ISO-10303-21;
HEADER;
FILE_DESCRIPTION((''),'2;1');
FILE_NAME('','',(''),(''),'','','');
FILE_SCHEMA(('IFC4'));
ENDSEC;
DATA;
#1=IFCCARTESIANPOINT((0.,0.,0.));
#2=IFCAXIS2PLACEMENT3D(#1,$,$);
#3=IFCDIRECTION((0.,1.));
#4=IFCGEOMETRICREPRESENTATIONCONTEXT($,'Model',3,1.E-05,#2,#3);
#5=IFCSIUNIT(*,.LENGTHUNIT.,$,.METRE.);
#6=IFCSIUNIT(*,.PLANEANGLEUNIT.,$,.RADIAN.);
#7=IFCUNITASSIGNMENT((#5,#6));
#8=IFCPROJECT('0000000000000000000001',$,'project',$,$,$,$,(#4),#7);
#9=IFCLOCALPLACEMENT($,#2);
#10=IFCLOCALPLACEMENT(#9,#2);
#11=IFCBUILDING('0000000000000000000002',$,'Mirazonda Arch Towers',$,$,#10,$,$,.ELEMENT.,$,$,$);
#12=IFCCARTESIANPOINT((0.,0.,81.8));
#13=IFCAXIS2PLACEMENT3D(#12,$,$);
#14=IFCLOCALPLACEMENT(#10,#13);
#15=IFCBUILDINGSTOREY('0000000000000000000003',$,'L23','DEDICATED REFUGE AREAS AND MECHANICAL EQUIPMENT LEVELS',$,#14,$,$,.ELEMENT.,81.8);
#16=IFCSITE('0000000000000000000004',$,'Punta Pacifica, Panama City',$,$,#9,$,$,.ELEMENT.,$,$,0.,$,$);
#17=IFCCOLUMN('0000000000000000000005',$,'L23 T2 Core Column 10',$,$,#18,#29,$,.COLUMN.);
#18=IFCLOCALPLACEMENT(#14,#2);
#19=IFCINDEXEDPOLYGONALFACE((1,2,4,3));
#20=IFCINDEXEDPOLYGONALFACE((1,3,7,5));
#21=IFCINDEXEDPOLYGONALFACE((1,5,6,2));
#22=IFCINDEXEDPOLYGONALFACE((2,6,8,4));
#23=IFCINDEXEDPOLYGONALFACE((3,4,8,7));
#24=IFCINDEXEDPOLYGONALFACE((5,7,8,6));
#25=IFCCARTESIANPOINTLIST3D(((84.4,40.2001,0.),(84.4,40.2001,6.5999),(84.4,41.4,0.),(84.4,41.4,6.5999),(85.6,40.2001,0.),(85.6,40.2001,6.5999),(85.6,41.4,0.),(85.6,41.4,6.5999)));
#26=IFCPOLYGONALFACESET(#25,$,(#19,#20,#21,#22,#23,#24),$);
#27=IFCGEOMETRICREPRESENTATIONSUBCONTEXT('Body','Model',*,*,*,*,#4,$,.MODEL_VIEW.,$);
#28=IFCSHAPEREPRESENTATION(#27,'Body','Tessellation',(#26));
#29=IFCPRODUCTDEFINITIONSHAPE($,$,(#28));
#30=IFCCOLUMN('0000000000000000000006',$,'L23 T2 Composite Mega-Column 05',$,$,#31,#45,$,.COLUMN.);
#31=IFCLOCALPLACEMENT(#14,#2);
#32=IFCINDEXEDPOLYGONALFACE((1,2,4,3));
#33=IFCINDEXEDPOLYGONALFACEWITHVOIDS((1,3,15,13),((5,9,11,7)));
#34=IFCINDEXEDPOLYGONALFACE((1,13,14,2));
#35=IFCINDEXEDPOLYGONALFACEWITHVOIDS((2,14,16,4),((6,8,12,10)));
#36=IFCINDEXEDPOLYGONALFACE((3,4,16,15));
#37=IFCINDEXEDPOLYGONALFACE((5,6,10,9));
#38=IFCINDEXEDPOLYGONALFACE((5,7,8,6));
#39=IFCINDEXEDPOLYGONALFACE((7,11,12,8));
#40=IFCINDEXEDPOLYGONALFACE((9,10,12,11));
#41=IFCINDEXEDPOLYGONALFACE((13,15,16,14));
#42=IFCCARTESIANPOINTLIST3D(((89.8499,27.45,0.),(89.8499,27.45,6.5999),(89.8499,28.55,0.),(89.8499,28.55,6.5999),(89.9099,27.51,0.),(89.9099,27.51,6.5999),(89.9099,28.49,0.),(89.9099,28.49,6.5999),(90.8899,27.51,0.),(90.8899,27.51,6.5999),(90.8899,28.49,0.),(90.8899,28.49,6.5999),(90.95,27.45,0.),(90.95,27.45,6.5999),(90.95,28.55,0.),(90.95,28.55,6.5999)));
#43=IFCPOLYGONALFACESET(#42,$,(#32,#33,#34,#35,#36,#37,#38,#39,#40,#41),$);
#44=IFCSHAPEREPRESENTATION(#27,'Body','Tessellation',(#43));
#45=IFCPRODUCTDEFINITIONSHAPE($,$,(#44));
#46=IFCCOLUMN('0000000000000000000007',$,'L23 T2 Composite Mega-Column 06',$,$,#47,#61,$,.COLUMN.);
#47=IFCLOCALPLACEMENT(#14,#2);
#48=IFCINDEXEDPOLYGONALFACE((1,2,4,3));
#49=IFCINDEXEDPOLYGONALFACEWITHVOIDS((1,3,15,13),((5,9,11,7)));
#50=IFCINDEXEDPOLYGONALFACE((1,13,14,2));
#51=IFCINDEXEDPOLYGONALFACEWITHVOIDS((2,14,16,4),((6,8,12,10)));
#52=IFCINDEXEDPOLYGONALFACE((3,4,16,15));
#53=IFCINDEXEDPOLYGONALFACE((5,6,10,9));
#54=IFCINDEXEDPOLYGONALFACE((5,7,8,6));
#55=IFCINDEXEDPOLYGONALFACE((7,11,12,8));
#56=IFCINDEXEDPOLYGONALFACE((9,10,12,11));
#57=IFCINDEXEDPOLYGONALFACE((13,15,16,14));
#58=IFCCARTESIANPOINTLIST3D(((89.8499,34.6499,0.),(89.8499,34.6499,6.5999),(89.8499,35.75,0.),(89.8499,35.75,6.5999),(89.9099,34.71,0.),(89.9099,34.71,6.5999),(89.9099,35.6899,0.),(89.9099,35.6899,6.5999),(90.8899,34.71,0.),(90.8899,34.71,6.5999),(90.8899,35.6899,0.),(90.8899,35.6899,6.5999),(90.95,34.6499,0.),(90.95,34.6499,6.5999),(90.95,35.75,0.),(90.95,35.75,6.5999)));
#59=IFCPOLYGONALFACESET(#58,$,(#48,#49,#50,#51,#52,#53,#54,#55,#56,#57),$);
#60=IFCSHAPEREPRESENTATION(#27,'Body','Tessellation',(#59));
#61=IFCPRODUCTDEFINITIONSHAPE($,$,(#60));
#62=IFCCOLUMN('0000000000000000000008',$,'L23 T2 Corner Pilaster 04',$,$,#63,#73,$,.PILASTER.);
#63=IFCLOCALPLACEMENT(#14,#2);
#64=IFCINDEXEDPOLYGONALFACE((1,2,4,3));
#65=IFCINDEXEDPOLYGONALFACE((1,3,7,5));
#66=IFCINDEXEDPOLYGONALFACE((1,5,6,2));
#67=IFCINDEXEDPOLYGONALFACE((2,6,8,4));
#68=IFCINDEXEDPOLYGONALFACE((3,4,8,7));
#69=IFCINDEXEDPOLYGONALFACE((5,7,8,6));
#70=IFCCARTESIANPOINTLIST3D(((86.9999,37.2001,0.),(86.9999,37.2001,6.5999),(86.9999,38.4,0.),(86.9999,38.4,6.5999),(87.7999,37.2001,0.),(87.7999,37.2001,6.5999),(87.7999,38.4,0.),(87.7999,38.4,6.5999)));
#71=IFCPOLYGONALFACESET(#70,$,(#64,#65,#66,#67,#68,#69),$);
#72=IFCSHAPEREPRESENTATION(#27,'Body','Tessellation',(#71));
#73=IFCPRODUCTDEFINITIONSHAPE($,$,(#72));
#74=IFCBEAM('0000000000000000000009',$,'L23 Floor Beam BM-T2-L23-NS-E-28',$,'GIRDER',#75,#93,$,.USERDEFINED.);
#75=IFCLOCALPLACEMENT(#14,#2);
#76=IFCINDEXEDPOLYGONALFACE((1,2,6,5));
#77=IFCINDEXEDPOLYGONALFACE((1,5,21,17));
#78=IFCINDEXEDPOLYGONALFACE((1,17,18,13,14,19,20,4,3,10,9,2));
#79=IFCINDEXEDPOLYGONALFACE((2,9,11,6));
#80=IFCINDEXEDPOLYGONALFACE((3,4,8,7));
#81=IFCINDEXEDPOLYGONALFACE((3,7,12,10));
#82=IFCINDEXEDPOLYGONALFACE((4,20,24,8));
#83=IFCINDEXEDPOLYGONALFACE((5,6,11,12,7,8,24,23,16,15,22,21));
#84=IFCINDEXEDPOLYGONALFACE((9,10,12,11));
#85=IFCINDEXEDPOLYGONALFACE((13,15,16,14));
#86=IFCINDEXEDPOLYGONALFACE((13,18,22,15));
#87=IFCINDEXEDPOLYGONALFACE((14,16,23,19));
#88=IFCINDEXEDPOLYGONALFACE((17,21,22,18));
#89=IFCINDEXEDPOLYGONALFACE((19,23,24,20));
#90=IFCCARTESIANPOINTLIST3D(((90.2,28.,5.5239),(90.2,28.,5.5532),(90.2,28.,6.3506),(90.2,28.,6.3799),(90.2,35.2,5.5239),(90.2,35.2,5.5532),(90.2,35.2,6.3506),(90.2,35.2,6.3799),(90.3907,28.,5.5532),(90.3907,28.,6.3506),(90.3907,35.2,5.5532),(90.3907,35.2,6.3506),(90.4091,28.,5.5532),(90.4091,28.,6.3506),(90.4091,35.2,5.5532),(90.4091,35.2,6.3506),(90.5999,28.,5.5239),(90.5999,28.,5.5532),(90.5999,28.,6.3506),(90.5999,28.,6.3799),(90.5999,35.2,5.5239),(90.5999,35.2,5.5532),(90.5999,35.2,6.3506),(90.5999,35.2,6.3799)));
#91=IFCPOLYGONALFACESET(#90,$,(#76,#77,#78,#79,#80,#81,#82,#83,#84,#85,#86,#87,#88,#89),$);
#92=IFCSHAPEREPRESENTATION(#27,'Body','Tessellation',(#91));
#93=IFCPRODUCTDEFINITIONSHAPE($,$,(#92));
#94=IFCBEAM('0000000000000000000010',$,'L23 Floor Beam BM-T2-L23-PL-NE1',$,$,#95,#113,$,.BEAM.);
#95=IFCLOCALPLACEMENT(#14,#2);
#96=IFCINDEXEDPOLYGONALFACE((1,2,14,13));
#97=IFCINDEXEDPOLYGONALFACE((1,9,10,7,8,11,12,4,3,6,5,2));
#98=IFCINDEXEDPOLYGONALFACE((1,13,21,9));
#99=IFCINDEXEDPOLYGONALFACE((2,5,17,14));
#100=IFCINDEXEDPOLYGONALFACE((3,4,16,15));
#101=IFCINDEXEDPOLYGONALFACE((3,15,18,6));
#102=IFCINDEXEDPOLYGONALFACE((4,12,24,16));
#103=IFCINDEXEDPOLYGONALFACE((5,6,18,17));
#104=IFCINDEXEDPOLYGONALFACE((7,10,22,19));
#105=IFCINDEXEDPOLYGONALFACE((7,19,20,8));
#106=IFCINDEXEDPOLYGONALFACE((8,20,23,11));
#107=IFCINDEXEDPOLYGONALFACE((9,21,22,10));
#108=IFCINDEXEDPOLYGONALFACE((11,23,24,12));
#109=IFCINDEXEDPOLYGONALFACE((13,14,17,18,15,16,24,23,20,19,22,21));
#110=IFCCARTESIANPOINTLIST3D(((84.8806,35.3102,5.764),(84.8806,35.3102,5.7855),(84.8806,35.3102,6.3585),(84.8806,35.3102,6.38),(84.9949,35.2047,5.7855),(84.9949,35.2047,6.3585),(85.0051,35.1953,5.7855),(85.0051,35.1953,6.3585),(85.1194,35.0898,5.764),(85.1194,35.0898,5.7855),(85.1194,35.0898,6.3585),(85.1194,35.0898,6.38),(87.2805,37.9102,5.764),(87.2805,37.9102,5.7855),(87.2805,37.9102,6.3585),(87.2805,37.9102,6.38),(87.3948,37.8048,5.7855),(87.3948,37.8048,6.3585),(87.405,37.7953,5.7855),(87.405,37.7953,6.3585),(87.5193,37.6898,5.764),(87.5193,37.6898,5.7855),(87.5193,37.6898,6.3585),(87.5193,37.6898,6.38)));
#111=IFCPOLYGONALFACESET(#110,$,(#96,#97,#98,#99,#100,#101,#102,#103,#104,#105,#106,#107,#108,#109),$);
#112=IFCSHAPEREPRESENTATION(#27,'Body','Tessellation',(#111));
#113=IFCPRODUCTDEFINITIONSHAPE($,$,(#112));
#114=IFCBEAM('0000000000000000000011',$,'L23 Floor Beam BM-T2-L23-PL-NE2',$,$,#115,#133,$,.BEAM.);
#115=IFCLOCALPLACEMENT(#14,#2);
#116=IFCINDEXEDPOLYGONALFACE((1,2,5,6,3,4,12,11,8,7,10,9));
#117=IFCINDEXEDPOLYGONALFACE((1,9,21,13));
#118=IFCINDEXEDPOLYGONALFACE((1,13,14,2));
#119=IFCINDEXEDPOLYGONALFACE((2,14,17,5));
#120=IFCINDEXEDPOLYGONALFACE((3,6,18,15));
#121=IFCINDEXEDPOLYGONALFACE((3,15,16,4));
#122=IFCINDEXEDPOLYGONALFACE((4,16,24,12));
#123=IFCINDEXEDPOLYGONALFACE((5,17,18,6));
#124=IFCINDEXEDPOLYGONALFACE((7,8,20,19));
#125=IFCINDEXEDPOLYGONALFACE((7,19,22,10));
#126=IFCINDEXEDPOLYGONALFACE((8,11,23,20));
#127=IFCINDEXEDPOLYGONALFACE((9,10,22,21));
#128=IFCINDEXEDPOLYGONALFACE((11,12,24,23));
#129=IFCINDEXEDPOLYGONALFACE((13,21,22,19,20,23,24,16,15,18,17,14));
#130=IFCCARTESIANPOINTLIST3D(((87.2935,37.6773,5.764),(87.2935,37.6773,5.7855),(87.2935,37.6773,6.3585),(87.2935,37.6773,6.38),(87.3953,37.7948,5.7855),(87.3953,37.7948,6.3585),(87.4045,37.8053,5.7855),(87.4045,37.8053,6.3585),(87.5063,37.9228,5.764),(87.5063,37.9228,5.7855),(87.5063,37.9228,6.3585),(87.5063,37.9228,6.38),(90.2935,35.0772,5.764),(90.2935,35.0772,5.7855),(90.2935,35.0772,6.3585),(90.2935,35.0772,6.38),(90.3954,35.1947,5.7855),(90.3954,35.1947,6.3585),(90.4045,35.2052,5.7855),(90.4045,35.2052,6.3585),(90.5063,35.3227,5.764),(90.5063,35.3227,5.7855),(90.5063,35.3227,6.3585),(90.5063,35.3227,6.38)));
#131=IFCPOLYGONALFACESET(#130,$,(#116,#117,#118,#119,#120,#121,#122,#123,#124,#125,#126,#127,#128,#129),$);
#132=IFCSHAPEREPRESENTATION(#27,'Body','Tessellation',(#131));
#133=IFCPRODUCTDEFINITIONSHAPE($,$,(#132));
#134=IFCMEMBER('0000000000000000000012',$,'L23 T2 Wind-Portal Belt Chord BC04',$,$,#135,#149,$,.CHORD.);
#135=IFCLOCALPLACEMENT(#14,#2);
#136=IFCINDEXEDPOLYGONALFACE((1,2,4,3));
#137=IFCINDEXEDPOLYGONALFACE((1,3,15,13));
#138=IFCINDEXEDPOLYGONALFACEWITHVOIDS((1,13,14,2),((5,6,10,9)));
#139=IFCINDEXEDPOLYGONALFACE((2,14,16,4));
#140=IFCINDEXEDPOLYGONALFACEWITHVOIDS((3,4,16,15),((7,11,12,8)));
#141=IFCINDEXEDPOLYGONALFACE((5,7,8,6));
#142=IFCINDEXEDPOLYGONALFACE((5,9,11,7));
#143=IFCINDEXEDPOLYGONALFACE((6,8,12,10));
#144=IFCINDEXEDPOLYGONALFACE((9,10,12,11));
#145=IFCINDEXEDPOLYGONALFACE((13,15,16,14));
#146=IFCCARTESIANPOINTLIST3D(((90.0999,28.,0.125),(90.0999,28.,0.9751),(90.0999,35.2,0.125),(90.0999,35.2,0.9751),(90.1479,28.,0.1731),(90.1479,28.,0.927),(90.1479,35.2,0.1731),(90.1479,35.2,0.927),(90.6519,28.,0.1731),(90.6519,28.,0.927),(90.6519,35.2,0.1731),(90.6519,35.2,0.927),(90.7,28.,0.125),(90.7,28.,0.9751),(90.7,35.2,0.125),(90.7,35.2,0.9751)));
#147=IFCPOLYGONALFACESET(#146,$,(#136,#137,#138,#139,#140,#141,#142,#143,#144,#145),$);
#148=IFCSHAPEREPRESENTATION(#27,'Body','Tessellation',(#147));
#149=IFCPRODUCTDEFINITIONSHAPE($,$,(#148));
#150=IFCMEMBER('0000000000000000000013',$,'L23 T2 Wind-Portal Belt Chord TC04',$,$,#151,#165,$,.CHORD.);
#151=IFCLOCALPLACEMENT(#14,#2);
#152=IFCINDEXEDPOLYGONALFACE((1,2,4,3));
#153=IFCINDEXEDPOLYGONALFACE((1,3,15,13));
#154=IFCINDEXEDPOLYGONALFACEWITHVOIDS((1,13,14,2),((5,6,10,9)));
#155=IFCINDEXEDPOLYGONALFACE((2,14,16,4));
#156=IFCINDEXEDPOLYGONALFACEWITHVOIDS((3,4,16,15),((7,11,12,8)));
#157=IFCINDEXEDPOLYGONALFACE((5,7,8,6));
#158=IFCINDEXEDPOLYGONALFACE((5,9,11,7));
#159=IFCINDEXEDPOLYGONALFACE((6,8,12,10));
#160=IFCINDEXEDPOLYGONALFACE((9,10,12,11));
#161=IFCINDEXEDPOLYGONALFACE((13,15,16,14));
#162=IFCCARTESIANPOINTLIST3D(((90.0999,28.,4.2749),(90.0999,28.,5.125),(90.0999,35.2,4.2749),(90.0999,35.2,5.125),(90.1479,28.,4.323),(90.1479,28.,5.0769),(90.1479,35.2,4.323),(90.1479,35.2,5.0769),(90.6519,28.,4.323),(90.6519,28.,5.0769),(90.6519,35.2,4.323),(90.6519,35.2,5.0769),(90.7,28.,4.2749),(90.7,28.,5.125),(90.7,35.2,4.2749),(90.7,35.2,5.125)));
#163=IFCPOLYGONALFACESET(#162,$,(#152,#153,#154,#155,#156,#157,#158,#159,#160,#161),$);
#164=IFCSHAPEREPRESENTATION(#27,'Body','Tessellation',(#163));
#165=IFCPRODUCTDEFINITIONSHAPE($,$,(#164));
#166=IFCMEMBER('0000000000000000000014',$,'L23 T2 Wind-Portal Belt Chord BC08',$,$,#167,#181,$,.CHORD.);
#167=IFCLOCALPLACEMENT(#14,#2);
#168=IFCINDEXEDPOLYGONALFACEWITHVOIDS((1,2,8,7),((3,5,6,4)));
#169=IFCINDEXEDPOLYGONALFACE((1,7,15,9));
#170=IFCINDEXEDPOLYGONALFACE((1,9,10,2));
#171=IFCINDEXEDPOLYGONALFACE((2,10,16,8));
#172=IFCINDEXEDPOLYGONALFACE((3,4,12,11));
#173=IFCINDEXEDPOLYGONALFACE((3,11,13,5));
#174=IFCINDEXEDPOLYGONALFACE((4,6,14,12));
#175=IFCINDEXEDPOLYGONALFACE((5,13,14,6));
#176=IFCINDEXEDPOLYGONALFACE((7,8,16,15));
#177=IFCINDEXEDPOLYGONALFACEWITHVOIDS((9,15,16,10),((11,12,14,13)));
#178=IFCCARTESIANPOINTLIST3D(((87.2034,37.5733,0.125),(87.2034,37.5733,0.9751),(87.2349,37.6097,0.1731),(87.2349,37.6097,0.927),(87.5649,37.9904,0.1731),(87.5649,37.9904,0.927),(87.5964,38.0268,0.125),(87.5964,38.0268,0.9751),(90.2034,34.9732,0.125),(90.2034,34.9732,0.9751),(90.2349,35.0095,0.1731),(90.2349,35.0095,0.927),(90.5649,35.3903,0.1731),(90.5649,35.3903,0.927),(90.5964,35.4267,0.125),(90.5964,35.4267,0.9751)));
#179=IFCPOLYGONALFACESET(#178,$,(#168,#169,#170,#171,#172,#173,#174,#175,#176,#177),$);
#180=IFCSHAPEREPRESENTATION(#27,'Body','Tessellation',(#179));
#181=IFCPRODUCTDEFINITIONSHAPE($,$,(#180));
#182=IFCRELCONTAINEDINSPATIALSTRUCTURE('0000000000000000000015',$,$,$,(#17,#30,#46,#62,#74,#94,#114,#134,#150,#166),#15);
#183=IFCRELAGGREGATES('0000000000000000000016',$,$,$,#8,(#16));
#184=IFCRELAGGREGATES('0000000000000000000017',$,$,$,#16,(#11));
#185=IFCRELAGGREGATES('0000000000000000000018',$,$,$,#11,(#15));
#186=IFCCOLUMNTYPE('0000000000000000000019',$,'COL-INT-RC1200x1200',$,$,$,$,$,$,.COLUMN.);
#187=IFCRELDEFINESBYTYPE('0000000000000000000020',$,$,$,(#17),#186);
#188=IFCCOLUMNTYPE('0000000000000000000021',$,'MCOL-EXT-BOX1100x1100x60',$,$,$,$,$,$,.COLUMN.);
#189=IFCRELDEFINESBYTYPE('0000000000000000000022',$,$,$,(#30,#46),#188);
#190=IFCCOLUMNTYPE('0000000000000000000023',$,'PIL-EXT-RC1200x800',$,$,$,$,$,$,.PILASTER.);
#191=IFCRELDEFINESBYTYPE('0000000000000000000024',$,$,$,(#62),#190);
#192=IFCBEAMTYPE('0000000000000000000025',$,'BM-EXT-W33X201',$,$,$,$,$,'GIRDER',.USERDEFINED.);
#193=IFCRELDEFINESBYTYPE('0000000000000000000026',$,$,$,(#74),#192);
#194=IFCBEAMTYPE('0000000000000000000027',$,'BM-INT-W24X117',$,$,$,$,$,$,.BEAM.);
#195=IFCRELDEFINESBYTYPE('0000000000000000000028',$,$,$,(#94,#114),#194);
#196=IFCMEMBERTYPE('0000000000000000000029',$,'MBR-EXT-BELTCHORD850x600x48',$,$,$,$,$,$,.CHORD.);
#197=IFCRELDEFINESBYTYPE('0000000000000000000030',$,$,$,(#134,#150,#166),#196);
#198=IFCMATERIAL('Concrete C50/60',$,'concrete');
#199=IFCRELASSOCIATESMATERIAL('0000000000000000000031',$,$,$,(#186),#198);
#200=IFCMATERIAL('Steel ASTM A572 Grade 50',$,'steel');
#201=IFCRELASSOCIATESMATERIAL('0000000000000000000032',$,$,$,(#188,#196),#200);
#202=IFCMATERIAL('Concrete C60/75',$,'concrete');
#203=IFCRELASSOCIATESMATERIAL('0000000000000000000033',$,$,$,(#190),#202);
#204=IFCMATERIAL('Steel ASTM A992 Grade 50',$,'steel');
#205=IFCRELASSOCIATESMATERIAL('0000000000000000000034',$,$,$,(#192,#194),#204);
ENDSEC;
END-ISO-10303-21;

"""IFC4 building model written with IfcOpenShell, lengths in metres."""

from ifc_helpers import new_model, si_unit, direction, frame, origin, origin_2d, place, context, subcontext, project, spatial, rectangle, hollow_rectangle, i_section, extrude, material, material_profile, profile_set, type_object, element, save


model = new_model("IFC4")

# Units and contexts
model_context = context("Model", 3, precision=1e-05, world=origin(), true_north=direction((0.0, 1.0)))
body_context = subcontext(model_context, "Body", "Model", "MODEL_VIEW")
ifc_project = project(units=[si_unit("LENGTHUNIT", "METRE"), si_unit("PLANEANGLEUNIT", "RADIAN")], contexts=[model_context])

# Site, building, storey
site_placement = place(None, origin())
site = spatial("IfcSite", under=ifc_project, at=site_placement, Name="Punta Pacifica, Panama City", CompositionType="ELEMENT", RefElevation=0.0)
building_placement = place(site_placement, origin())
building = spatial("IfcBuilding", under=site, at=building_placement, Name="Mirazonda Arch Towers", CompositionType="ELEMENT")
storey_placement = place(building_placement, frame((0.0, 0.0, 81.8)))
storey = spatial("IfcBuildingStorey", under=building, at=storey_placement, Name="L23", Description="DEDICATED REFUGE AREAS AND MECHANICAL EQUIPMENT LEVELS", CompositionType="ELEMENT", Elevation=81.8)

# Columns
ifc_material_1 = material(Name="Concrete C50/60", Category="concrete")
ifc_material_profile_1 = material_profile(ifc_material_1, rectangle(XDim=1.2, YDim=1.2, at=origin_2d()), Name="RC1200x1200")
ifc_profile_set_1 = profile_set([ifc_material_profile_1], Name="Concrete C50/60")
column_type_1 = type_object("IfcColumnType", Name="COL-INT-RC1200x1200", PredefinedType="COLUMN", material=ifc_profile_set_1)
column_1_placement = place(storey_placement, frame((85.0, 40.8, 0.0), z_axis=(0.0, 0.0, 1.0), x_axis=(1.0, 0.0, 0.0)))
element("IfcColumn", 1, at=column_1_placement, inside=storey, type_object=column_type_1, Name="L23 T2 Core Column 10", PredefinedType="COLUMN", context=body_context, shape_type="SweptSolid", body=[
    extrude(rectangle(XDim=1.2, YDim=1.2, at=origin_2d()), origin(), (0.0, 0.0, 1.0), 6.5999),
])
ifc_material_2 = material(Name="Steel ASTM A572 Grade 50", Category="steel")
ifc_material_profile_2 = material_profile(ifc_material_2, hollow_rectangle(XDim=1.1001, YDim=1.1001, WallThickness=0.0601, at=origin_2d()), Name="BOX1100x1100x60")
ifc_profile_set_2 = profile_set([ifc_material_profile_2], Name="Steel ASTM A572 Grade 50")
column_type_2 = type_object("IfcColumnType", Name="MCOL-EXT-BOX1100x1100x60", PredefinedType="COLUMN", material=ifc_profile_set_2)
for number, where, z_axis, x_axis, name in (
    (2, (90.3999, 28.0, 0.0), (0.0, 0.0, 1.0), (1.0, 0.0, 0.0), "L23 T2 Composite Mega-Column 05"),
    (3, (90.3999, 35.2, 0.0), (0.0, 0.0, 1.0), (1.0, 0.0, 0.0), "L23 T2 Composite Mega-Column 06"),
):
    element("IfcColumn", number, at=place(storey_placement, frame(where, z_axis=z_axis, x_axis=x_axis)), inside=storey, type_object=column_type_2, Name=name, PredefinedType="COLUMN", context=body_context, shape_type="SweptSolid", body=[
        extrude(hollow_rectangle(XDim=1.1001, YDim=1.1001, WallThickness=0.0601, at=origin_2d()), origin(), (0.0, 0.0, 1.0), 6.5999),
    ])
ifc_material_3 = material(Name="Concrete C60/75", Category="concrete")
ifc_material_profile_3 = material_profile(ifc_material_3, rectangle(XDim=0.8, YDim=1.2, at=origin_2d()), Name="RC1200x800")
ifc_profile_set_3 = profile_set([ifc_material_profile_3], Name="Concrete C60/75")
column_type_3 = type_object("IfcColumnType", Name="PIL-EXT-RC1200x800", PredefinedType="PILASTER", material=ifc_profile_set_3)
column_2_placement = place(storey_placement, frame((87.3999, 37.8, 0.0), z_axis=(0.0, 0.0, 1.0), x_axis=(1.0, 0.0, 0.0)))
element("IfcColumn", 4, at=column_2_placement, inside=storey, type_object=column_type_3, Name="L23 T2 Corner Pilaster 04", PredefinedType="PILASTER", context=body_context, shape_type="SweptSolid", body=[
    extrude(rectangle(XDim=0.8, YDim=1.2, at=origin_2d()), origin(), (0.0, 0.0, 1.0), 6.5999),
])

# Beams
ifc_material_4 = material(Name="Steel ASTM A992 Grade 50", Category="steel")
ifc_material_profile_4 = material_profile(ifc_material_4, i_section(OverallWidth=0.3999, OverallDepth=0.856, WebThickness=0.0183, FlangeThickness=0.0293, at=origin_2d()), Name="W33X201")
ifc_profile_set_4 = profile_set([ifc_material_profile_4], Name="Steel ASTM A992 Grade 50")
beam_type_1 = type_object("IfcBeamType", Name="BM-EXT-W33X201", ElementType="GIRDER", PredefinedType="USERDEFINED", material=ifc_profile_set_4)
beam_1_placement = place(storey_placement, frame((90.3999, 28.0, 5.9519), z_axis=(0.0, 1.0, 0.0), x_axis=(-1.0, 0.0, 0.0)))
element("IfcBeam", 5, at=beam_1_placement, inside=storey, type_object=beam_type_1, Name="L23 Floor Beam BM-T2-L23-NS-E-28", ObjectType="GIRDER", PredefinedType="USERDEFINED", context=body_context, shape_type="SweptSolid", body=[
    extrude(i_section(OverallWidth=0.3999, OverallDepth=0.856, WebThickness=0.0183, FlangeThickness=0.0293, at=origin_2d()), origin(), (0.0, 0.0, 1.0), 7.2),
])
ifc_material_profile_5 = material_profile(ifc_material_4, i_section(OverallWidth=0.325, OverallDepth=0.616, WebThickness=0.0139, FlangeThickness=0.0215, at=origin_2d()), Name="W24X117")
ifc_profile_set_5 = profile_set([ifc_material_profile_5], Name="Steel ASTM A992 Grade 50")
beam_type_2 = type_object("IfcBeamType", Name="BM-INT-W24X117", PredefinedType="BEAM", material=ifc_profile_set_5)
beam_2_placement = place(storey_placement, frame((87.3999, 37.8, 6.072), z_axis=(-0.678251, -0.73483, 0.0), x_axis=(0.73483, -0.678251, 0.0)))
element("IfcBeam", 6, at=beam_2_placement, inside=storey, type_object=beam_type_2, Name="L23 Floor Beam BM-T2-L23-PL-NE1", PredefinedType="BEAM", context=body_context, shape_type="SweptSolid", body=[
    extrude(i_section(OverallWidth=0.325, OverallDepth=0.616, WebThickness=0.0139, FlangeThickness=0.0215, at=origin_2d()), origin(), (0.0, 0.0, 1.0), 3.5383),
])
beam_3_placement = place(storey_placement, frame((87.3999, 37.8, 6.072), z_axis=(0.755677, -0.654945, 0.0), x_axis=(0.654945, 0.755677, 0.0)))
element("IfcBeam", 7, at=beam_3_placement, inside=storey, type_object=beam_type_2, Name="L23 Floor Beam BM-T2-L23-PL-NE2", PredefinedType="BEAM", context=body_context, shape_type="SweptSolid", body=[
    extrude(i_section(OverallWidth=0.325, OverallDepth=0.616, WebThickness=0.0139, FlangeThickness=0.0215, at=origin_2d()), origin(), (0.0, 0.0, 1.0), 3.97),
])

# Members
ifc_material_profile_6 = material_profile(ifc_material_2, hollow_rectangle(XDim=0.6001, YDim=0.8501, WallThickness=0.0481, at=origin_2d()), Name="BELTCHORD850x600x48")
ifc_profile_set_6 = profile_set([ifc_material_profile_6], Name="Steel ASTM A572 Grade 50")
member_type_1 = type_object("IfcMemberType", Name="MBR-EXT-BELTCHORD850x600x48", PredefinedType="CHORD", material=ifc_profile_set_6)
for number, where, z_axis, x_axis, name in (
    (8, (90.3999, 28.0, 0.55), (0.0, 1.0, 0.0), (-1.0, 0.0, 0.0), "L23 T2 Wind-Portal Belt Chord BC04"),
    (9, (90.3999, 28.0, 4.7), (0.0, 1.0, 0.0), (-1.0, 0.0, 0.0), "L23 T2 Wind-Portal Belt Chord TC04"),
):
    element("IfcMember", number, at=place(storey_placement, frame(where, z_axis=z_axis, x_axis=x_axis)), inside=storey, type_object=member_type_1, Name=name, PredefinedType="CHORD", context=body_context, shape_type="SweptSolid", body=[
        extrude(hollow_rectangle(XDim=0.6001, YDim=0.8501, WallThickness=0.0481, at=origin_2d()), origin(), (0.0, 0.0, 1.0), 7.2),
    ])
for number, where, z_axis, x_axis, name in (
    (10, (87.3999, 37.8, 0.55), (0.755677, -0.654945, 0.0), (0.654945, 0.755677, 0.0), "L23 T2 Wind-Portal Belt Chord BC08"),
):
    element("IfcMember", number, at=place(storey_placement, frame(where, z_axis=z_axis, x_axis=x_axis)), inside=storey, type_object=member_type_1, Name=name, PredefinedType="CHORD", context=body_context, shape_type="SweptSolid", body=[
        extrude(hollow_rectangle(XDim=0.6001, YDim=0.8501, WallThickness=0.0481, at=origin_2d()), origin(), (0.0, 0.0, 1.0), 3.97),
    ])

save(model, "model.ifc")
